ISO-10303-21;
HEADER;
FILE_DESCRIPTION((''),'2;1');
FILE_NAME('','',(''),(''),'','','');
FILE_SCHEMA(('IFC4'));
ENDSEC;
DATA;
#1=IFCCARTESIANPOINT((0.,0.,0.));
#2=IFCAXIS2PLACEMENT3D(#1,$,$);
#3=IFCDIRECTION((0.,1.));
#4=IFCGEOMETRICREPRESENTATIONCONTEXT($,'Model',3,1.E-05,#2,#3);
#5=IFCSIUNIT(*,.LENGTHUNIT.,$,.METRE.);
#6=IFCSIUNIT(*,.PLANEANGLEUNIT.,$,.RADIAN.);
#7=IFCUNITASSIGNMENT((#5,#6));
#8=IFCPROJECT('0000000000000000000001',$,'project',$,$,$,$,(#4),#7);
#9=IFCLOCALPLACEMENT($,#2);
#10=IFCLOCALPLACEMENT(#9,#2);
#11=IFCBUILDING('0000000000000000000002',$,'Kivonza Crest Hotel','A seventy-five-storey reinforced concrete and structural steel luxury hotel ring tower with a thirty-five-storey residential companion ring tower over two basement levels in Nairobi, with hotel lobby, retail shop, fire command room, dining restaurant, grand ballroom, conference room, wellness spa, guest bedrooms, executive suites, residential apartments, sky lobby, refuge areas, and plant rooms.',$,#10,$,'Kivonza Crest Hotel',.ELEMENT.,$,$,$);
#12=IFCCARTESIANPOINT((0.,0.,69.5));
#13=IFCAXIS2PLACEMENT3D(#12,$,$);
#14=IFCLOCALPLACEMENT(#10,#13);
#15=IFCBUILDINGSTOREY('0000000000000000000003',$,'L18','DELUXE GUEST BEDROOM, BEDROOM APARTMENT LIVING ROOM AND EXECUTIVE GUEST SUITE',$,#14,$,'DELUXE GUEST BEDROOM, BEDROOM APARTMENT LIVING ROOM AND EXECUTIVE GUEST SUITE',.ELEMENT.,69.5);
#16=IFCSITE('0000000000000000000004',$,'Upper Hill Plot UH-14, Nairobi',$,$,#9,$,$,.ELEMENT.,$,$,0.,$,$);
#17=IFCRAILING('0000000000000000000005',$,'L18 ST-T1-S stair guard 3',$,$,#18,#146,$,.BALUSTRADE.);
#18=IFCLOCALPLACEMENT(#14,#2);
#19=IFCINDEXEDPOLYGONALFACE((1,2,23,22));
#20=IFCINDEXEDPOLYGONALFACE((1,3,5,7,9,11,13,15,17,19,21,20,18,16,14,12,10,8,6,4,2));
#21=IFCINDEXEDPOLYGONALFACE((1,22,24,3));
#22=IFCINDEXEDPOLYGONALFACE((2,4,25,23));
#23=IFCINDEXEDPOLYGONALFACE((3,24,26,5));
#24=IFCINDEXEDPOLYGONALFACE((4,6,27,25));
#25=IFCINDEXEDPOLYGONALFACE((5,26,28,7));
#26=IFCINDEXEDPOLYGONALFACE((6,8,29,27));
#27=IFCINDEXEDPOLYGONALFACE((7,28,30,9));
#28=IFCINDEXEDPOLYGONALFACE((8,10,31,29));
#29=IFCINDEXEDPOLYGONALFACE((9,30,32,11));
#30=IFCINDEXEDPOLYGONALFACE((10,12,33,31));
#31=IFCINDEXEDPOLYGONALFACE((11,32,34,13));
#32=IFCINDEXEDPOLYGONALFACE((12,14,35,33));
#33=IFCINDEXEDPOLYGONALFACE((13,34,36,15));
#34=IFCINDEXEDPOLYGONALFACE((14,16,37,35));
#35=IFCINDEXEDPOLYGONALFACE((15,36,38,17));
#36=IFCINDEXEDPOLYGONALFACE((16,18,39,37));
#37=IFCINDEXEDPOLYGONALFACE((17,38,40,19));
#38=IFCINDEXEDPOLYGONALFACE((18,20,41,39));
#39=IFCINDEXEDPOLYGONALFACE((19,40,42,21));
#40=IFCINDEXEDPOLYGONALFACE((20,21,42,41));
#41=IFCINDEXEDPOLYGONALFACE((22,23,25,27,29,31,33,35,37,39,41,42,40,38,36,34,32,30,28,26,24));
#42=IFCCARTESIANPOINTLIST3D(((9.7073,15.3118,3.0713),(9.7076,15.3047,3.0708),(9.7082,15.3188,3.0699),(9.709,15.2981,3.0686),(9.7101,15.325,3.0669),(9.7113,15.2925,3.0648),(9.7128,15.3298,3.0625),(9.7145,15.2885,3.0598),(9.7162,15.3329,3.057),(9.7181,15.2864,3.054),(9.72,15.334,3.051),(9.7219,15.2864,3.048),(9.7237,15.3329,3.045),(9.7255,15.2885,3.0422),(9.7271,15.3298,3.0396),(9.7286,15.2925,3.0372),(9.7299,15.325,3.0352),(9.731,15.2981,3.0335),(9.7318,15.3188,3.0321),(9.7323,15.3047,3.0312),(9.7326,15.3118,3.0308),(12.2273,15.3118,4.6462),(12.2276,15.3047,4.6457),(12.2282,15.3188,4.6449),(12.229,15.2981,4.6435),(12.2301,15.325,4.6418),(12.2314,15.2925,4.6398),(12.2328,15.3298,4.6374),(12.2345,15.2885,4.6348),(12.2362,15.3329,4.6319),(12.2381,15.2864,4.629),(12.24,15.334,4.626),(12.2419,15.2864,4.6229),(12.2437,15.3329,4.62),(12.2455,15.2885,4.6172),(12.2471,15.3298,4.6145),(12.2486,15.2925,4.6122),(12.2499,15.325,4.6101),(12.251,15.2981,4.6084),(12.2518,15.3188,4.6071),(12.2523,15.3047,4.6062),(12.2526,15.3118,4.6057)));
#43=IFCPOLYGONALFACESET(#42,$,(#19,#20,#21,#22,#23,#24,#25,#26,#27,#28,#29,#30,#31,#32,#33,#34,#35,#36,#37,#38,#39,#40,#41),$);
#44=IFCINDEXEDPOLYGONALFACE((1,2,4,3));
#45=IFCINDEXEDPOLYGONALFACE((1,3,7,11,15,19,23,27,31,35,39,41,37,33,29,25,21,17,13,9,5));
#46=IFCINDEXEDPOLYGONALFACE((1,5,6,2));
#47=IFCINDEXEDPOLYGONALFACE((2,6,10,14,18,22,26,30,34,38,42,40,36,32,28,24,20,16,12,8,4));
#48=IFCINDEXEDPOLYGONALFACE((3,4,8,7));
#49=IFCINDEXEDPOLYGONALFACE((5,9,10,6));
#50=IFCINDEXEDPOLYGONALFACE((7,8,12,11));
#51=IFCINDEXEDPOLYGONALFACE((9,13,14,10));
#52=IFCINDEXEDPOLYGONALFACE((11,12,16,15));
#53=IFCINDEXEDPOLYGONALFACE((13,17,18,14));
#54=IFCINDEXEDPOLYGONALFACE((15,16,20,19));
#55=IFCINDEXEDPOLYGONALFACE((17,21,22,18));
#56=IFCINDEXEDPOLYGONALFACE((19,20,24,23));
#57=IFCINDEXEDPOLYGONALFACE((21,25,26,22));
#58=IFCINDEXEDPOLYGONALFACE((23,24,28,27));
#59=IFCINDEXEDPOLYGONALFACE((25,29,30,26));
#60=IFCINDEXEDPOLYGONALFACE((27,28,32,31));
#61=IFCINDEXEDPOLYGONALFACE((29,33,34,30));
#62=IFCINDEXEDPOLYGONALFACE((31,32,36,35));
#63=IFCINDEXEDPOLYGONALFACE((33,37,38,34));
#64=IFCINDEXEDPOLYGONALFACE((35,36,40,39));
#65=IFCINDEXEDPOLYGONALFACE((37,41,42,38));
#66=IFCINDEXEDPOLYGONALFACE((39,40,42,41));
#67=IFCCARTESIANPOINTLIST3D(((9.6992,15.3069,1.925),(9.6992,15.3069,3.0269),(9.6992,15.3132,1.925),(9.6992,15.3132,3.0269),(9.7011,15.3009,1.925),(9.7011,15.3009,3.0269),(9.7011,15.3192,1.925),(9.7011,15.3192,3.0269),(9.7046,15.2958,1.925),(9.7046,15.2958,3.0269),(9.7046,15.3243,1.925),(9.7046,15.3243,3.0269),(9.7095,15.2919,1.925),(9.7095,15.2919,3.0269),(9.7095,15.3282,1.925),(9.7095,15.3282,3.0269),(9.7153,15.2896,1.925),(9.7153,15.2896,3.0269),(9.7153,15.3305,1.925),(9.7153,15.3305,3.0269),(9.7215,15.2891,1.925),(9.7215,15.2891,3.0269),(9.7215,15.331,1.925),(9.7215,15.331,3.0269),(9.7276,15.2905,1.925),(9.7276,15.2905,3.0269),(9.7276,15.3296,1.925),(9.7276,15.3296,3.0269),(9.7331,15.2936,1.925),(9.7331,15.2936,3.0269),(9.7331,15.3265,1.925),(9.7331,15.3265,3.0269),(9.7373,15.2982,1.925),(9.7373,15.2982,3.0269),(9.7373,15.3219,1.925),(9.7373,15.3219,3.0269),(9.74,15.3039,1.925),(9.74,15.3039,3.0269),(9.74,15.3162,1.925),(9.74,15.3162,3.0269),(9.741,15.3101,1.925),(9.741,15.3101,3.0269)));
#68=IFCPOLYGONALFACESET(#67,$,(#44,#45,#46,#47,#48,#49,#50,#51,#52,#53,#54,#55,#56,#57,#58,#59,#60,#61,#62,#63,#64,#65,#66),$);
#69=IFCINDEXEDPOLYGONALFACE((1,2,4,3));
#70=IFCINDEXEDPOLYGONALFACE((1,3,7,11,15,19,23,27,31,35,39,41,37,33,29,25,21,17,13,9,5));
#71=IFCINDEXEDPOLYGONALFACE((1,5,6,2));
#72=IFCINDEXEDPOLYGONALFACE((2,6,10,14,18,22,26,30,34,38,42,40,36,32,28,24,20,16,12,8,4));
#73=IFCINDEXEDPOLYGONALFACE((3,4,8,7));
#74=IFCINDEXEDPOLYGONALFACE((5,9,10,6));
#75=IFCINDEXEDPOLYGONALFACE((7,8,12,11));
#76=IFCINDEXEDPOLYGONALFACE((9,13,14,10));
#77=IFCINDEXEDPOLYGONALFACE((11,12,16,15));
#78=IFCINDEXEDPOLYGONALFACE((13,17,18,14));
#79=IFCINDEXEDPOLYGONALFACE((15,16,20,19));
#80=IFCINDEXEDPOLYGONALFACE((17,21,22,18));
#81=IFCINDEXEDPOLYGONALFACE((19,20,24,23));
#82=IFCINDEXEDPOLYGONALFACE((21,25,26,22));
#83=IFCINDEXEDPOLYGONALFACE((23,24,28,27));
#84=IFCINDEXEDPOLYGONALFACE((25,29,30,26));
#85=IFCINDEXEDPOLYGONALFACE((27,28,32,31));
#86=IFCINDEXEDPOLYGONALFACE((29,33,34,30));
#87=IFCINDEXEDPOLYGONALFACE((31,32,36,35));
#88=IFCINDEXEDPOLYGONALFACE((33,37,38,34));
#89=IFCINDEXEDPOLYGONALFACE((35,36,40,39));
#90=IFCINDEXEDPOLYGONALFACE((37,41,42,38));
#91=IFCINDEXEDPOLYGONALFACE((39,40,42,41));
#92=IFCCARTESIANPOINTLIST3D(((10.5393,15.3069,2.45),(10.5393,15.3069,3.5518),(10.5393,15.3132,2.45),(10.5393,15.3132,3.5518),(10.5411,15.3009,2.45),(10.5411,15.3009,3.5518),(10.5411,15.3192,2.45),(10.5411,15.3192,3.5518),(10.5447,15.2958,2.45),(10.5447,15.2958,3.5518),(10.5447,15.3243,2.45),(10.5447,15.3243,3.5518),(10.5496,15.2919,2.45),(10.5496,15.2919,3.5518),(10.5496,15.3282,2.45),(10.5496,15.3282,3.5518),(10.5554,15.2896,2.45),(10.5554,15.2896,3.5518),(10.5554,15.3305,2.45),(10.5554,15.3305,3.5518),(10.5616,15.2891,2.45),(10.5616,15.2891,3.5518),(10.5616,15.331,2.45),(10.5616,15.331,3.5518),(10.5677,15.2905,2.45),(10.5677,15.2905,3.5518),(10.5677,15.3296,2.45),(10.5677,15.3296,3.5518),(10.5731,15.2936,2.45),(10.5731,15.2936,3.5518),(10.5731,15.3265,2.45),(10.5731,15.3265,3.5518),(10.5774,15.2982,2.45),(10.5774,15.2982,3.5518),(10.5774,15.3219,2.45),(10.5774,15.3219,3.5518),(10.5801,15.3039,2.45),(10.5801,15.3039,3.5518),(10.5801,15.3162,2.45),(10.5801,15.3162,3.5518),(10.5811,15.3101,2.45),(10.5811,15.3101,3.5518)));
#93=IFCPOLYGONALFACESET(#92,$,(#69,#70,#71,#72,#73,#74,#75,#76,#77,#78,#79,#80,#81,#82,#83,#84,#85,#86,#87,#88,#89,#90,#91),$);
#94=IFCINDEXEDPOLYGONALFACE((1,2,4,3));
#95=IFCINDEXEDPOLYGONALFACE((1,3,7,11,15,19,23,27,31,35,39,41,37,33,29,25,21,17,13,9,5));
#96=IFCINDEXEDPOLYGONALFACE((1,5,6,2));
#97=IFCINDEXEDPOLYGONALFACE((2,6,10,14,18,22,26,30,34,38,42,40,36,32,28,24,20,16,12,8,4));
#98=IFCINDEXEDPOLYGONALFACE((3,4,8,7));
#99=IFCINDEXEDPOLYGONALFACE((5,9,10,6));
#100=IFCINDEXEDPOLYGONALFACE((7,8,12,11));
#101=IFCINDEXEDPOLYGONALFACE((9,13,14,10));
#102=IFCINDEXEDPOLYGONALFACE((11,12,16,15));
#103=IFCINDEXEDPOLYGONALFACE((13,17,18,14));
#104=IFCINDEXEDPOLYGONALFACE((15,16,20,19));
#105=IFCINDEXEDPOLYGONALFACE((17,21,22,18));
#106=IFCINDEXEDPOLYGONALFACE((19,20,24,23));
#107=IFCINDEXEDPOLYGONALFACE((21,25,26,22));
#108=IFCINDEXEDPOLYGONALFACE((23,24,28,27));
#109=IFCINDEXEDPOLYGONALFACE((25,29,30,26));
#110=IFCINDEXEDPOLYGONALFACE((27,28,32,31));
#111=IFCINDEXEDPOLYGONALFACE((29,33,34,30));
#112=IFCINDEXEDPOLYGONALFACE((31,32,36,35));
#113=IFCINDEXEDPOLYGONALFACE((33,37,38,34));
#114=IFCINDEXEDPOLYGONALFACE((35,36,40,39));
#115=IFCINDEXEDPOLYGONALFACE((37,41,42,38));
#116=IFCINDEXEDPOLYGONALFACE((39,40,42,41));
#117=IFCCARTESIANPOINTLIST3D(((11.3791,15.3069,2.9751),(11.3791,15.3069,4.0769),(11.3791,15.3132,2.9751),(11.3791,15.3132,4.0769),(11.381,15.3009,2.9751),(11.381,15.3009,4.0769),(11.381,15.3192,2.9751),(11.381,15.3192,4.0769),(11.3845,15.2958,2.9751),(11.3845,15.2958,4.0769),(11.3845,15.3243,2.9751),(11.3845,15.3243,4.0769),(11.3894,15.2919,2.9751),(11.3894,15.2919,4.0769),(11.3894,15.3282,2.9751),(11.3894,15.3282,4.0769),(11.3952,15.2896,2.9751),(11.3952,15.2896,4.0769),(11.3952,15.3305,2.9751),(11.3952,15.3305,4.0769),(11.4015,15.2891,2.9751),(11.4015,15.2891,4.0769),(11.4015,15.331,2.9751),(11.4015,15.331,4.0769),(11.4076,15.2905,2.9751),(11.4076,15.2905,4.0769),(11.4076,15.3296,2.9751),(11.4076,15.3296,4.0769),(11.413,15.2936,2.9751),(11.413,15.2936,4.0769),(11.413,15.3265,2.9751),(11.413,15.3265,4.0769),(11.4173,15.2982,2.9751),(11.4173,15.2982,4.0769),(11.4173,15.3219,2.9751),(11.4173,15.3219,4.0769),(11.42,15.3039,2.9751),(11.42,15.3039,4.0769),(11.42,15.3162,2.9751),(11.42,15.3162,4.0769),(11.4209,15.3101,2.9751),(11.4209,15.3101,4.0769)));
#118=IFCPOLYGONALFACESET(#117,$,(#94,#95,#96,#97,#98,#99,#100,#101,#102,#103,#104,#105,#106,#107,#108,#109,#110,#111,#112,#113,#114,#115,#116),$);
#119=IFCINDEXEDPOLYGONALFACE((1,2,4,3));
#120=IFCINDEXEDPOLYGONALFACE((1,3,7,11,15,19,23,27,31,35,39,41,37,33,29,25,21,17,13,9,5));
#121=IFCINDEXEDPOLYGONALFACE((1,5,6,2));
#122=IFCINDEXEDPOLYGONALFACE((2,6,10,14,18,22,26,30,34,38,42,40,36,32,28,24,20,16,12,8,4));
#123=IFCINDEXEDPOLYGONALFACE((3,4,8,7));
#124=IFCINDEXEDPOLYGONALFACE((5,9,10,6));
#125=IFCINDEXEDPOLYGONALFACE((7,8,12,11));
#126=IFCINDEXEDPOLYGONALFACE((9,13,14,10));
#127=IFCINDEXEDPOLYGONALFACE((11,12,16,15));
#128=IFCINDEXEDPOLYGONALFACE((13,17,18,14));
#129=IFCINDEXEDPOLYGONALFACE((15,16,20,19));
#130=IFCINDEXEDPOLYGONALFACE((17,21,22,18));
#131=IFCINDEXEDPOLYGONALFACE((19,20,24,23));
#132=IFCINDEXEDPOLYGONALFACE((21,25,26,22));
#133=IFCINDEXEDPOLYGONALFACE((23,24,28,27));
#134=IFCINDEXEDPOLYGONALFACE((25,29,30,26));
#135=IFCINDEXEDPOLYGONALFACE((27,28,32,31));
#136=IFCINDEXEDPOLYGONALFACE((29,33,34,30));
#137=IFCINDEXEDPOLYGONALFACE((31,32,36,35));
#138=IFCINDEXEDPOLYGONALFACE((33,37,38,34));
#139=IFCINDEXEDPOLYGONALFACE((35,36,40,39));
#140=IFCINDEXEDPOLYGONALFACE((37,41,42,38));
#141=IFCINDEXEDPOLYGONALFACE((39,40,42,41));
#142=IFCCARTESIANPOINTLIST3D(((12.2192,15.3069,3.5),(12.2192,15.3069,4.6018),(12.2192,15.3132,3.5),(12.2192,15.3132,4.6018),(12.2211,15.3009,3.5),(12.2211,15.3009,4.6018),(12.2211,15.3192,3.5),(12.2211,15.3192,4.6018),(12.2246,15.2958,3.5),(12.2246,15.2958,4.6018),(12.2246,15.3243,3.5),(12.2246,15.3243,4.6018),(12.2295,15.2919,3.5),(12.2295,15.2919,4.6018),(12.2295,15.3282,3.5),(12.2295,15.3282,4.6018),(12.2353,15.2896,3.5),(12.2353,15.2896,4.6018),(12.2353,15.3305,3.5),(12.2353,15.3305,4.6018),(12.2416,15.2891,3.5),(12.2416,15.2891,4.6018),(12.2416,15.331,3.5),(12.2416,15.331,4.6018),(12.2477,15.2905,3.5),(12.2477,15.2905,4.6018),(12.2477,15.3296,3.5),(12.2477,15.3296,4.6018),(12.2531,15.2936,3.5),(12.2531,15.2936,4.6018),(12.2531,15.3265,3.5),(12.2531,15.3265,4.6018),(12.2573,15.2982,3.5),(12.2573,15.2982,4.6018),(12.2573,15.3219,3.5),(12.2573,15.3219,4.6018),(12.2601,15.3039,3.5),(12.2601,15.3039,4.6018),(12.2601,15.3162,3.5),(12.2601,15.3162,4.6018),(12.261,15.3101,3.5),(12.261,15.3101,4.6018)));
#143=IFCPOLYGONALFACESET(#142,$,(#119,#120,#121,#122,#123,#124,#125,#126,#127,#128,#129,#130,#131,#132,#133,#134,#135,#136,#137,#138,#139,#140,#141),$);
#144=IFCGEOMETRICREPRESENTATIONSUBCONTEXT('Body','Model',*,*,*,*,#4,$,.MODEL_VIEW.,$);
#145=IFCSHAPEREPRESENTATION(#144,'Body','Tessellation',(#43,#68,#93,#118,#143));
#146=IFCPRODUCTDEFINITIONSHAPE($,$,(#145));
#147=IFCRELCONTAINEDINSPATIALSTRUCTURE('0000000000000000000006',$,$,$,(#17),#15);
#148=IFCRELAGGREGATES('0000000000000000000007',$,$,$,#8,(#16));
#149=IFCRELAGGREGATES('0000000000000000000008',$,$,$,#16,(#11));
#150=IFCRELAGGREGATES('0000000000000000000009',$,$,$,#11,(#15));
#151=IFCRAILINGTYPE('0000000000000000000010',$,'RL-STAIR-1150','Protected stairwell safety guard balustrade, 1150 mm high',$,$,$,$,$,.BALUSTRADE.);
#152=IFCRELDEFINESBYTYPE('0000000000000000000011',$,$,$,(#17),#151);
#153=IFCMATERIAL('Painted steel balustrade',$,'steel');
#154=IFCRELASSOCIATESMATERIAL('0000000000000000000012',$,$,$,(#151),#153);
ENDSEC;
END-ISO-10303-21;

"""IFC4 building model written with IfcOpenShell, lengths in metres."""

from ifc_helpers import new_model, si_unit, direction, frame, origin, origin_2d, place, context, subcontext, project, spatial, circle, extrude, material, type_object, element, save


model = new_model("IFC4")

# Units and contexts
model_context = context("Model", 3, precision=1e-05, world=origin(), true_north=direction((0.0, 1.0)))
body_context = subcontext(model_context, "Body", "Model", "MODEL_VIEW")
ifc_project = project(units=[si_unit("LENGTHUNIT", "METRE"), si_unit("PLANEANGLEUNIT", "RADIAN")], contexts=[model_context])

# Site, building, storey
site_placement = place(None, origin())
site = spatial("IfcSite", under=ifc_project, at=site_placement, Name="Upper Hill Plot UH-14, Nairobi", CompositionType="ELEMENT", RefElevation=0.0)
building_placement = place(site_placement, origin())
building = spatial("IfcBuilding", under=site, at=building_placement, Name="Kivonza Crest Hotel", Description="A seventy-five-storey reinforced concrete and structural steel luxury hotel ring tower with a thirty-five-storey residential companion ring tower over two basement levels in Nairobi, with hotel lobby, retail shop, fire command room, dining restaurant, grand ballroom, conference room, wellness spa, guest bedrooms, executive suites, residential apartments, sky lobby, refuge areas, and plant rooms.", LongName="Kivonza Crest Hotel", CompositionType="ELEMENT")
storey_placement = place(building_placement, frame((0.0, 0.0, 69.5)))
storey = spatial("IfcBuildingStorey", under=building, at=storey_placement, Name="L18", Description="DELUXE GUEST BEDROOM, BEDROOM APARTMENT LIVING ROOM AND EXECUTIVE GUEST SUITE", LongName="DELUXE GUEST BEDROOM, BEDROOM APARTMENT LIVING ROOM AND EXECUTIVE GUEST SUITE", CompositionType="ELEMENT", Elevation=69.5)

# Railing
ifc_material_1 = material(Name="Painted steel balustrade", Category="steel")
railing_type_1 = type_object("IfcRailingType", Name="RL-STAIR-1150", Description="Protected stairwell safety guard balustrade, 1150 mm high", PredefinedType="BALUSTRADE", material=ifc_material_1)
railing_1_placement = place(storey_placement, frame((9.72, 15.3101, 1.925)))
element("IfcRailing", 1, at=railing_1_placement, inside=storey, type_object=railing_type_1, Name="L18 ST-T1-S stair guard 3", PredefinedType="BALUSTRADE", context=body_context, shape_type="SweptSolid", body=[
    extrude(circle(Radius=0.0239, at=origin_2d()), frame((0.0, 0.0, 1.126), z_axis=(0.848008, 0.0, 0.529984), x_axis=(0.0, 1.0, 0.0)), (0.0, 0.0, 1.0), 2.9717),
    extrude(circle(Radius=0.021, at=origin_2d()), origin(), (0.0, 0.0, 1.0), 1.1018),
    extrude(circle(Radius=0.021, at=origin_2d()), frame((0.8401, 0.0, 0.5249)), (0.0, 0.0, 1.0), 1.1018),
    extrude(circle(Radius=0.021, at=origin_2d()), frame((1.6799, 0.0, 1.05)), (0.0, 0.0, 1.0), 1.1018),
    extrude(circle(Radius=0.021, at=origin_2d()), frame((2.52, 0.0, 1.575)), (0.0, 0.0, 1.0), 1.1018),
])

save(model, "model.ifc")
